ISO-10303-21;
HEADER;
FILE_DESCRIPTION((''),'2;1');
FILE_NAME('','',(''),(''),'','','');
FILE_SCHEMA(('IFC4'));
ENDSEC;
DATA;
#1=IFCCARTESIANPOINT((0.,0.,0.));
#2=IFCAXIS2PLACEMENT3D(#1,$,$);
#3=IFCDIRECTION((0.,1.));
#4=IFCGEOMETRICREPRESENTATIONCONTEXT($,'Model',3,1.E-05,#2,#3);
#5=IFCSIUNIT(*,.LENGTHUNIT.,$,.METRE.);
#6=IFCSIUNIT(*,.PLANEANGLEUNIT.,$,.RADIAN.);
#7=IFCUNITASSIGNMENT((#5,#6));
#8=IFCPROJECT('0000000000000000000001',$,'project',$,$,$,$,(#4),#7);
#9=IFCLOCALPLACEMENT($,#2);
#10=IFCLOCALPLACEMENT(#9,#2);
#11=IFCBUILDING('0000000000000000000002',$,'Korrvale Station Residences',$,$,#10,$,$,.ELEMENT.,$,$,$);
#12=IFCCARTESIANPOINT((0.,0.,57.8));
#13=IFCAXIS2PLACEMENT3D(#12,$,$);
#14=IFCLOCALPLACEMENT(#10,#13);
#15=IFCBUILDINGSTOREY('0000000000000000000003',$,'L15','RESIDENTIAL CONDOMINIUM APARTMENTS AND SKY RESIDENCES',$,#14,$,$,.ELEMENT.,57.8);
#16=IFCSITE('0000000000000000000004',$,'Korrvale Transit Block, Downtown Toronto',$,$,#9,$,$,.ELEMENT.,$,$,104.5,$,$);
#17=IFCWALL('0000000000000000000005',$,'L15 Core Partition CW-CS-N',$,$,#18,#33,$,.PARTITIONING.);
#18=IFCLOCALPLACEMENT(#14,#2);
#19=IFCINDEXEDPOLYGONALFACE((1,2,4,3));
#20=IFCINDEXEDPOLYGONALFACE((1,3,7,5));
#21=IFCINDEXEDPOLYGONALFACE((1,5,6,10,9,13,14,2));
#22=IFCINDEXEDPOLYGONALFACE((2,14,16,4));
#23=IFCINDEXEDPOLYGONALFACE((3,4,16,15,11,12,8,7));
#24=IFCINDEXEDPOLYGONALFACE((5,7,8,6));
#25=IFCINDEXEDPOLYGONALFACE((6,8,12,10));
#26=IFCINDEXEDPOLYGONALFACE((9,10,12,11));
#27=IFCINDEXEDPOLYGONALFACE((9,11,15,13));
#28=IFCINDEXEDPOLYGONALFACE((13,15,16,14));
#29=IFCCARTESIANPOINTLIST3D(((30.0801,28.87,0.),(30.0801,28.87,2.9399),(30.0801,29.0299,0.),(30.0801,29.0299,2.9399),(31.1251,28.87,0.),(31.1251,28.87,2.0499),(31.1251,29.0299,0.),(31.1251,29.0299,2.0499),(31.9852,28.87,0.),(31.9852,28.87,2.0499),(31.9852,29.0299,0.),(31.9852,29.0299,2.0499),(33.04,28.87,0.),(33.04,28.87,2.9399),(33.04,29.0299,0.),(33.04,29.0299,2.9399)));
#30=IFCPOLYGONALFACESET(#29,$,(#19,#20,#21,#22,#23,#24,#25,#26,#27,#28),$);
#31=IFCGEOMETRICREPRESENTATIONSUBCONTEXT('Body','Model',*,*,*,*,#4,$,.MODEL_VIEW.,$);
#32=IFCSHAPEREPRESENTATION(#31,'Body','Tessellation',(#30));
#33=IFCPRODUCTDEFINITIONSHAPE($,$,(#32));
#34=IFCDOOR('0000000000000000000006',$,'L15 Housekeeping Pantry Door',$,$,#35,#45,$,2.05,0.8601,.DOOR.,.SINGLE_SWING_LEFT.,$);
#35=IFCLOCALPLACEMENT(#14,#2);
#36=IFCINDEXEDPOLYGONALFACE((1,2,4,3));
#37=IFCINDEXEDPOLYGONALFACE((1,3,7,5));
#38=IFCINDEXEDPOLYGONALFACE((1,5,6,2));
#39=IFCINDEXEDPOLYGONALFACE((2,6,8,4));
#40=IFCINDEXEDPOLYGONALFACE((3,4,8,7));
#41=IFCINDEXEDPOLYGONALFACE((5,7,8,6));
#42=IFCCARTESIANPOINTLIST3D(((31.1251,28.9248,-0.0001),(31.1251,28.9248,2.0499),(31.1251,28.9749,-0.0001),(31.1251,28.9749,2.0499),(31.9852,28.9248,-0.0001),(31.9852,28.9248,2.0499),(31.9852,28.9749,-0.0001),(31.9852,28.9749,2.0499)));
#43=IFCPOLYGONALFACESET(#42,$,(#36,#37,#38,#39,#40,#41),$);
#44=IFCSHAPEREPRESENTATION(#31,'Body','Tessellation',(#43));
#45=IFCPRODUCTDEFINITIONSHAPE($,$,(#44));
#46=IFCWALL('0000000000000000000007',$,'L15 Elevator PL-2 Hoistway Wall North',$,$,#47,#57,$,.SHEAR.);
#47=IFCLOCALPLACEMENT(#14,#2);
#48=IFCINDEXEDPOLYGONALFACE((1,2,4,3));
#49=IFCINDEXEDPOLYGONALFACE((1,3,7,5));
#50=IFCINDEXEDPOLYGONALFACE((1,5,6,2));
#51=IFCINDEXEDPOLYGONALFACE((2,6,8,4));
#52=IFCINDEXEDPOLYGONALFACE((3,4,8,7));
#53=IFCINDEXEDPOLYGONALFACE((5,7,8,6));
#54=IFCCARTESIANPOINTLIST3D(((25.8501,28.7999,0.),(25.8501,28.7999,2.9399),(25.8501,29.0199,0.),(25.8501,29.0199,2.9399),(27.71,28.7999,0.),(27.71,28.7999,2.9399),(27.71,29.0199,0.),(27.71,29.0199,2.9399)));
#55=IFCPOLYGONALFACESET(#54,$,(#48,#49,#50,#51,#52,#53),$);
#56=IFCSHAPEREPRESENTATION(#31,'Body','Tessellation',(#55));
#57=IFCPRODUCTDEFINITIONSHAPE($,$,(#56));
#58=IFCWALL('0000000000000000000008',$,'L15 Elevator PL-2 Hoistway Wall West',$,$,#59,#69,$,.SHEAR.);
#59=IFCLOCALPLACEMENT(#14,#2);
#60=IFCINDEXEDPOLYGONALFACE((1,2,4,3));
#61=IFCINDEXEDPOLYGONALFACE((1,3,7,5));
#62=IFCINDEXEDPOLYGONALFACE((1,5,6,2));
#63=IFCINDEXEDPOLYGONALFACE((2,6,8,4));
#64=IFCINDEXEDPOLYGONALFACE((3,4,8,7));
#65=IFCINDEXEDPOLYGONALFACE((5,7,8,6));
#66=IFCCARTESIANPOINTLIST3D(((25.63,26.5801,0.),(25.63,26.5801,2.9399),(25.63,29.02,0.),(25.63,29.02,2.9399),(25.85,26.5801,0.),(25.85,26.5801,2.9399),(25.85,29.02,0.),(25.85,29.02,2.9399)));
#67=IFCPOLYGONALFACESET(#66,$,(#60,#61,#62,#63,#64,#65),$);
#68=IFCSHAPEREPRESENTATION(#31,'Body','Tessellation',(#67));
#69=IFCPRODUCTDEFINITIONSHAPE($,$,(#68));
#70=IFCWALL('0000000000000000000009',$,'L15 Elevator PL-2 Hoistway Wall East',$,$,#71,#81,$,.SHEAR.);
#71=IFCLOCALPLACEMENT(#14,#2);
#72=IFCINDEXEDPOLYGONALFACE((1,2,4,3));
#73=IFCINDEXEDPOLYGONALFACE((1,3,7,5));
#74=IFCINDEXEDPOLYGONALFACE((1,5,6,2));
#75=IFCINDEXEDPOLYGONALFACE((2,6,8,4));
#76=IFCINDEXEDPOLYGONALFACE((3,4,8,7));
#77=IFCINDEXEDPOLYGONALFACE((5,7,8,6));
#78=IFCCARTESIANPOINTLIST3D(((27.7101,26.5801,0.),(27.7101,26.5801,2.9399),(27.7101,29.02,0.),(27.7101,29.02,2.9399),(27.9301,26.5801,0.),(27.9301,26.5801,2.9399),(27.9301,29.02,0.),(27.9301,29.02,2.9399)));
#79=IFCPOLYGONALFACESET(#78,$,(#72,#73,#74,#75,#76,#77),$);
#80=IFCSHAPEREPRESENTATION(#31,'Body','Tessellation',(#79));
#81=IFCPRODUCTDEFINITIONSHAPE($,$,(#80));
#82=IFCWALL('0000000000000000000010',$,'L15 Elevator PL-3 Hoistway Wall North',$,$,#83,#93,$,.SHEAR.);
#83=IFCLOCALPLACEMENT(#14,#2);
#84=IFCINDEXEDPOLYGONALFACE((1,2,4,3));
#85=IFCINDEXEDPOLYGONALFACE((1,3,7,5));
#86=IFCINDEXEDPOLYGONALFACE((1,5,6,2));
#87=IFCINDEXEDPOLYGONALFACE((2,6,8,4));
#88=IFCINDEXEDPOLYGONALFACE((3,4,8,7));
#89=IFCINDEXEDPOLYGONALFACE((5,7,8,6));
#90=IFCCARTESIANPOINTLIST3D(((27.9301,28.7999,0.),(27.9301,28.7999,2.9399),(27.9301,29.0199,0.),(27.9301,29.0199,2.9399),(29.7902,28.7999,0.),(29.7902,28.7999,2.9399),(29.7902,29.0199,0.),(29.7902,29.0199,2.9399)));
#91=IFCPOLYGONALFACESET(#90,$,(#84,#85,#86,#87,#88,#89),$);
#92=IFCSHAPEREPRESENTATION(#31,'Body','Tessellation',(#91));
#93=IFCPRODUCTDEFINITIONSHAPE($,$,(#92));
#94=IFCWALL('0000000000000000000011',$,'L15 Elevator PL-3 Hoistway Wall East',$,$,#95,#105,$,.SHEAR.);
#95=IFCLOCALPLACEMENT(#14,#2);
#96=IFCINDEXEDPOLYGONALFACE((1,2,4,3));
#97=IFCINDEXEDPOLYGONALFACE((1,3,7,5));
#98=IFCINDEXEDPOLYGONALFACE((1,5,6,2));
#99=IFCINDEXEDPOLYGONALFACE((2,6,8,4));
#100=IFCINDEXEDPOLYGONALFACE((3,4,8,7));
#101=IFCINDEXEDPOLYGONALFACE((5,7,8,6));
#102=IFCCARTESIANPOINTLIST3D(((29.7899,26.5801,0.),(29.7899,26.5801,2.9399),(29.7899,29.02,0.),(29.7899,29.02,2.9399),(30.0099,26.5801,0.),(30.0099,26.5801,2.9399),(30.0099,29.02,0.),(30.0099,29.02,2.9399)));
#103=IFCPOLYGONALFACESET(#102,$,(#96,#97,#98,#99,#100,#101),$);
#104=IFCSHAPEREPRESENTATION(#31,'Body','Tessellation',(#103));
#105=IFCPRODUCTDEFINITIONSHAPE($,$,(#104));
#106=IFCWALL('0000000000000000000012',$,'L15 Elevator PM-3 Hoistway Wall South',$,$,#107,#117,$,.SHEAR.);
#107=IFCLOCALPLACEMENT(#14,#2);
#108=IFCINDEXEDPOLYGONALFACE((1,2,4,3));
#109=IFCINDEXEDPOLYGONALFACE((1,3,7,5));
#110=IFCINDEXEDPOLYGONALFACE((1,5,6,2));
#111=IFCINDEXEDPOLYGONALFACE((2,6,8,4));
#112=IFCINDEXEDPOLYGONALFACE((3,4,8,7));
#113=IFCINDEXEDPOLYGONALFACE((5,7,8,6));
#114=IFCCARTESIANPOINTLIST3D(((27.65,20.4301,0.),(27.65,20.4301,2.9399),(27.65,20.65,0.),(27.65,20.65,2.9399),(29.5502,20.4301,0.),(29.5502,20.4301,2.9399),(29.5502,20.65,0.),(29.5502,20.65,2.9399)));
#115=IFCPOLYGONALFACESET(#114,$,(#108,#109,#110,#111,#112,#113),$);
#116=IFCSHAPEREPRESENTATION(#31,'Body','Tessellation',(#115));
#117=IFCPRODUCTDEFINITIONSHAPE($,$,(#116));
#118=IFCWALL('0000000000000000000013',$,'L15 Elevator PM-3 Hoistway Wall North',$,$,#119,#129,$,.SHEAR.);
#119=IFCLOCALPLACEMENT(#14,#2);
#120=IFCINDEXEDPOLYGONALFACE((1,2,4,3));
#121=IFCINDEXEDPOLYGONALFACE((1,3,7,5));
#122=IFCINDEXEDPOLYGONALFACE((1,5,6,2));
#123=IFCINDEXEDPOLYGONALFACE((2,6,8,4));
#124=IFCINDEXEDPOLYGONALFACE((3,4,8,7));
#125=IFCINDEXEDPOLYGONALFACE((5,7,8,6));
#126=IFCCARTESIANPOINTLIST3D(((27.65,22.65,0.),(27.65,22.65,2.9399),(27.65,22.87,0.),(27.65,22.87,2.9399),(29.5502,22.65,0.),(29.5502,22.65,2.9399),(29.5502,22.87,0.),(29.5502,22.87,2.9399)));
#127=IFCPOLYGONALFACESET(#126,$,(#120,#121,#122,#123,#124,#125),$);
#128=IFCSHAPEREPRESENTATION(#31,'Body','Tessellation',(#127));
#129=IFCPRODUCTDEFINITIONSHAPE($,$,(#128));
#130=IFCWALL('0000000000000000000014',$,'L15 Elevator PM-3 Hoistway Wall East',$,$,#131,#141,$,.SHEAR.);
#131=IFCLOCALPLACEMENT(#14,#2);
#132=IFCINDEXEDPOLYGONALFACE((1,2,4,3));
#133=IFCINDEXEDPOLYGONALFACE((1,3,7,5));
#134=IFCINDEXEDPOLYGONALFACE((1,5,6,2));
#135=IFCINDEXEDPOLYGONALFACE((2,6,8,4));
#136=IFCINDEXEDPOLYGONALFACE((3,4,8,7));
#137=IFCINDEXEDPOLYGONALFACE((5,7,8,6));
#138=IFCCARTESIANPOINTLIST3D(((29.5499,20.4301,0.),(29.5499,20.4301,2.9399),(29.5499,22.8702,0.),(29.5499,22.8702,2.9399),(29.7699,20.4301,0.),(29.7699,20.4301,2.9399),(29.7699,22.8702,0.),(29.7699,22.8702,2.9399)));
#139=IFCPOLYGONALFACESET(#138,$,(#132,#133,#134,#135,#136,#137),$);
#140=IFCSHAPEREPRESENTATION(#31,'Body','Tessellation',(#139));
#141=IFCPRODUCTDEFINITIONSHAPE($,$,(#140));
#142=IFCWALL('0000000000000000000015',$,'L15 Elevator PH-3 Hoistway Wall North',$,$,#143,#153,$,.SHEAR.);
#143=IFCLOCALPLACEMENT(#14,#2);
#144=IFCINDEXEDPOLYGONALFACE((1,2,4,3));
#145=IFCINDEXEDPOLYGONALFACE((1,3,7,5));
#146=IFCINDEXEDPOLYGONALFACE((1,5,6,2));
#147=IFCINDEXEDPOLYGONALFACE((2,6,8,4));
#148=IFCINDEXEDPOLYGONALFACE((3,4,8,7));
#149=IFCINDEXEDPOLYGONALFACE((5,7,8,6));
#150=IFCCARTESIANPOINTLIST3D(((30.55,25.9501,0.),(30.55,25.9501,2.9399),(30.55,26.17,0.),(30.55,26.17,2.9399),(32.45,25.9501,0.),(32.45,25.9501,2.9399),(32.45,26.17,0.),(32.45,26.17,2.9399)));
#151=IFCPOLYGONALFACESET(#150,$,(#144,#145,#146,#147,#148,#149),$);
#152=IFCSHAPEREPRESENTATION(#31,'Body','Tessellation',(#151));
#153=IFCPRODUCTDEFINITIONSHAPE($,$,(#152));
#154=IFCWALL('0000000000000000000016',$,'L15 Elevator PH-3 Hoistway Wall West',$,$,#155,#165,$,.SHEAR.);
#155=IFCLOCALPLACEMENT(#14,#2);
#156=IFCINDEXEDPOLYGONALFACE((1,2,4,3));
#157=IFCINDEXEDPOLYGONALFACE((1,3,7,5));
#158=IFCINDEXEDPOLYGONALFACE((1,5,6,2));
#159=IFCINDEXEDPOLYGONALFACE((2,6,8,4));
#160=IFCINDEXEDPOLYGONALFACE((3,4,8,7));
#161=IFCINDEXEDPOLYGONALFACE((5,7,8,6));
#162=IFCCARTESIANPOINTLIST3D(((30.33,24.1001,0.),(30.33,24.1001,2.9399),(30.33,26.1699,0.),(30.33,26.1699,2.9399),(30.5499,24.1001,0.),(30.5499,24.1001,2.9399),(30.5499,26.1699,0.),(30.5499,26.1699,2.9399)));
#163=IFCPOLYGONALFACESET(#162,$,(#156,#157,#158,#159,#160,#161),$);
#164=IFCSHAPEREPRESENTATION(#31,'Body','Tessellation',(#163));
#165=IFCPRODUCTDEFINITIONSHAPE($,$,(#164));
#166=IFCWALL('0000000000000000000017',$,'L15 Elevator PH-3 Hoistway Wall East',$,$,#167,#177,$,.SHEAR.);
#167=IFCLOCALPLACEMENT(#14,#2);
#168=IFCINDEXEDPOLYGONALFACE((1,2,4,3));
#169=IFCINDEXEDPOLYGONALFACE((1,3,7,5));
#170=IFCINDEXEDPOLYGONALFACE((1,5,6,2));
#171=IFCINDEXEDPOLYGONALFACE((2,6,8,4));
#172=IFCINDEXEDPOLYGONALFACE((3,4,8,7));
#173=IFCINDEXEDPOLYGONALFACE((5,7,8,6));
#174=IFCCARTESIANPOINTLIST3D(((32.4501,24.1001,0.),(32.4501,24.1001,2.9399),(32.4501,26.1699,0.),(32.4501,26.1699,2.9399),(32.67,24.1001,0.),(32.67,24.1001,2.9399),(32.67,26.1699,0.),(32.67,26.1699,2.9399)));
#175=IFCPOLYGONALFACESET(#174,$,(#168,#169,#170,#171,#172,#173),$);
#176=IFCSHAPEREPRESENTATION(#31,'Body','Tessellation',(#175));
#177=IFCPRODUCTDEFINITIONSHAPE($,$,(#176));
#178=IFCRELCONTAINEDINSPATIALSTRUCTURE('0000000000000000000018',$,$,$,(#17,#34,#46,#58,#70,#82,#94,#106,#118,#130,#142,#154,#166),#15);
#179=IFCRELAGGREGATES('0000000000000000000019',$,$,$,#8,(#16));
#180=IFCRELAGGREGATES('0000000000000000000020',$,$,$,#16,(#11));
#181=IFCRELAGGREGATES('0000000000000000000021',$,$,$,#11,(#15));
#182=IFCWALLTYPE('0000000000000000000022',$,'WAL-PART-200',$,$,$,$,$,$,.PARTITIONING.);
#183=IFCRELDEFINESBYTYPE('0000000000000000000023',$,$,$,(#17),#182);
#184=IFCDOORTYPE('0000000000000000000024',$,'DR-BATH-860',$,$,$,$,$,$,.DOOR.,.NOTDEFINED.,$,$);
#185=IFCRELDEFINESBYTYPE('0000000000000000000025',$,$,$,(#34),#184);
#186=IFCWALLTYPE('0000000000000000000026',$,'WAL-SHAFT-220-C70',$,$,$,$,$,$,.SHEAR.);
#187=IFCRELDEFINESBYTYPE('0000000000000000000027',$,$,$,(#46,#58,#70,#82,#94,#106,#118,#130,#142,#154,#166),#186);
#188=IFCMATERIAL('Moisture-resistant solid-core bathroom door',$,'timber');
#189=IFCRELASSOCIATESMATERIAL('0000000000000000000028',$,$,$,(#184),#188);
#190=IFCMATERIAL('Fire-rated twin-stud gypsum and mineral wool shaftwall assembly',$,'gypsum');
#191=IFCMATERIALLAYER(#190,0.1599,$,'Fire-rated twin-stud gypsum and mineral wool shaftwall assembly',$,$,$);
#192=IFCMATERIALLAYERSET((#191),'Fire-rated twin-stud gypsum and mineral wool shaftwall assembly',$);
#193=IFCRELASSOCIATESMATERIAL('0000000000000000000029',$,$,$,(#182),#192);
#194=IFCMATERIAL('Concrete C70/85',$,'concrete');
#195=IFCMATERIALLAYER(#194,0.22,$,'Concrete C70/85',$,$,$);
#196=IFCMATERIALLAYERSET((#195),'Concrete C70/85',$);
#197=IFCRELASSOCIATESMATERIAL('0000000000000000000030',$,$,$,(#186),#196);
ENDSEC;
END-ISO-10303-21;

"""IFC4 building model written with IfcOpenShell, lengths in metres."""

from ifc_helpers import new_model, si_unit, direction, frame, frame_2d, origin, place, context, subcontext, project, spatial, rectangle, extrude, material, layer, layer_set, type_object, element, fill, save


model = new_model("IFC4")

# Units and contexts
model_context = context("Model", 3, precision=1e-05, world=origin(), true_north=direction((0.0, 1.0)))
body_context = subcontext(model_context, "Body", "Model", "MODEL_VIEW")
ifc_project = project(units=[si_unit("LENGTHUNIT", "METRE"), si_unit("PLANEANGLEUNIT", "RADIAN")], contexts=[model_context])

# Site, building, storey
site_placement = place(None, origin())
site = spatial("IfcSite", under=ifc_project, at=site_placement, Name="Korrvale Transit Block, Downtown Toronto", CompositionType="ELEMENT", RefElevation=104.5)
building_placement = place(site_placement, origin())
building = spatial("IfcBuilding", under=site, at=building_placement, Name="Korrvale Station Residences", CompositionType="ELEMENT")
storey_placement = place(building_placement, frame((0.0, 0.0, 57.8)))
storey = spatial("IfcBuildingStorey", under=building, at=storey_placement, Name="L15", Description="RESIDENTIAL CONDOMINIUM APARTMENTS AND SKY RESIDENCES", CompositionType="ELEMENT", Elevation=57.8)

# Shared definitions
ifc_material_1 = material(Name="Concrete C70/85", Category="concrete")

# Shared definitions
ifc_material_2 = material(Name="Moisture-resistant solid-core bathroom door", Category="timber")
door_type_1 = type_object("IfcDoorType", Name="DR-BATH-860", OperationType="NOTDEFINED", PredefinedType="DOOR", material=ifc_material_2)

# Shared definitions
ifc_material_3 = material(Name="Fire-rated twin-stud gypsum and mineral wool shaftwall assembly", Category="gypsum")
ifc_layer_1 = layer(ifc_material_3, 0.1599, Name="Fire-rated twin-stud gypsum and mineral wool shaftwall assembly")
ifc_layer_set_1 = layer_set([ifc_layer_1], Name="Fire-rated twin-stud gypsum and mineral wool shaftwall assembly")
wall_type_1 = type_object("IfcWallType", Name="WAL-PART-200", PredefinedType="PARTITIONING", material=ifc_layer_set_1)

# Wall, opening, door
wall_1_placement = place(storey_placement, frame((30.0801, 28.95, 0.0), z_axis=(0.0, 0.0, 1.0), x_axis=(1.0, 0.0, 0.0)))
wall_1 = element("IfcWall", 1, at=wall_1_placement, inside=storey, type_object=wall_type_1, Name="L15 Core Partition CW-CS-N", PredefinedType="PARTITIONING", context=body_context, shape_type="SweptSolid", body=[
    extrude(rectangle(XDim=2.96, YDim=0.1599, at=frame_2d((1.48, 0.0))), origin(), (0.0, 0.0, 1.0), 2.9399),
])
opening_1_placement = place(wall_1_placement, frame((1.0449, 0.0, 0.0)))
opening_1 = element("IfcOpeningElement", 2, at=opening_1_placement, cuts=wall_1, PredefinedType="OPENING", context=body_context, shape_type="SweptSolid", body=[
    extrude(rectangle(XDim=0.8601, YDim=2.05, at=frame_2d((0.4302, 1.0249))), frame((0.0, 0.0898, 0.0), z_axis=(0.0, -1.0, 0.0), x_axis=(1.0, 0.0, 0.0)), (0.0, 0.0, 1.0), 0.1799),
])
door_1_placement = place(opening_1_placement, origin())
door_1 = element("IfcDoor", 3, at=door_1_placement, inside=storey, type_object=door_type_1, Name="L15 Housekeeping Pantry Door", OperationType="SINGLE_SWING_LEFT", OverallHeight=2.05, OverallWidth=0.8601, PredefinedType="DOOR", context=body_context, shape_type="SweptSolid", body=[
    extrude(rectangle(XDim=0.8601, YDim=2.05, at=frame_2d((0.4302, 1.0249))), frame((0.0, 0.0249, 0.0), z_axis=(0.0, -1.0, 0.0), x_axis=(1.0, 0.0, 0.0)), (0.0, 0.0, 1.0), 0.05),
])
fill(opening_1, door_1)
ifc_layer_2 = layer(ifc_material_1, 0.22, Name="Concrete C70/85")
ifc_layer_set_2 = layer_set([ifc_layer_2], Name="Concrete C70/85")
wall_type_2 = type_object("IfcWallType", Name="WAL-SHAFT-220-C70", PredefinedType="SHEAR", material=ifc_layer_set_2)

# Walls
wall_2_placement = place(storey_placement, frame((25.8501, 28.9099, 0.0), z_axis=(0.0, 0.0, 1.0), x_axis=(1.0, 0.0, 0.0)))
element("IfcWall", 4, at=wall_2_placement, inside=storey, type_object=wall_type_2, Name="L15 Elevator PL-2 Hoistway Wall North", PredefinedType="SHEAR", context=body_context, shape_type="SweptSolid", body=[
    extrude(rectangle(XDim=1.8599, YDim=0.22, at=frame_2d((0.9299, 0.0))), origin(), (0.0, 0.0, 1.0), 2.9399),
])
for number, where, z_axis, x_axis, name in (
    (5, (25.74, 26.5801, 0.0), (0.0, 0.0, 1.0), (0.0, 1.0, 0.0), "L15 Elevator PL-2 Hoistway Wall West"),
    (6, (27.8201, 26.5801, 0.0), (0.0, 0.0, 1.0), (0.0, 1.0, 0.0), "L15 Elevator PL-2 Hoistway Wall East"),
):
    element("IfcWall", number, at=place(storey_placement, frame(where, z_axis=z_axis, x_axis=x_axis)), inside=storey, type_object=wall_type_2, Name=name, PredefinedType="SHEAR", context=body_context, shape_type="SweptSolid", body=[
        extrude(rectangle(XDim=2.4399, YDim=0.22, at=frame_2d((1.22, 0.0))), origin(), (0.0, 0.0, 1.0), 2.9399),
    ])

# Walls
wall_3_placement = place(storey_placement, frame((27.9299, 28.9099, 0.0), z_axis=(0.0, 0.0, 1.0), x_axis=(1.0, 0.0, 0.0)))
element("IfcWall", 7, at=wall_3_placement, inside=storey, type_object=wall_type_2, Name="L15 Elevator PL-3 Hoistway Wall North", PredefinedType="SHEAR", context=body_context, shape_type="SweptSolid", body=[
    extrude(rectangle(XDim=1.8601, YDim=0.22, at=frame_2d((0.9302, 0.0))), origin(), (0.0, 0.0, 1.0), 2.9399),
])
wall_4_placement = place(storey_placement, frame((29.8999, 26.5801, 0.0), z_axis=(0.0, 0.0, 1.0), x_axis=(0.0, 1.0, 0.0)))
element("IfcWall", 8, at=wall_4_placement, inside=storey, type_object=wall_type_2, Name="L15 Elevator PL-3 Hoistway Wall East", PredefinedType="SHEAR", context=body_context, shape_type="SweptSolid", body=[
    extrude(rectangle(XDim=2.4399, YDim=0.22, at=frame_2d((1.22, 0.0))), origin(), (0.0, 0.0, 1.0), 2.9399),
])
for number, where, z_axis, x_axis, name in (
    (9, (27.6499, 20.54, 0.0), (0.0, 0.0, 1.0), (1.0, 0.0, 0.0), "L15 Elevator PM-3 Hoistway Wall South"),
    (10, (27.6499, 22.76, 0.0), (0.0, 0.0, 1.0), (1.0, 0.0, 0.0), "L15 Elevator PM-3 Hoistway Wall North"),
):
    element("IfcWall", number, at=place(storey_placement, frame(where, z_axis=z_axis, x_axis=x_axis)), inside=storey, type_object=wall_type_2, Name=name, PredefinedType="SHEAR", context=body_context, shape_type="SweptSolid", body=[
        extrude(rectangle(XDim=1.9001, YDim=0.22, at=frame_2d((0.9502, 0.0))), origin(), (0.0, 0.0, 1.0), 2.9399),
    ])
wall_5_placement = place(storey_placement, frame((29.6599, 20.4299, 0.0), z_axis=(0.0, 0.0, 1.0), x_axis=(0.0, 1.0, 0.0)))
element("IfcWall", 11, at=wall_5_placement, inside=storey, type_object=wall_type_2, Name="L15 Elevator PM-3 Hoistway Wall East", PredefinedType="SHEAR", context=body_context, shape_type="SweptSolid", body=[
    extrude(rectangle(XDim=2.4402, YDim=0.22, at=frame_2d((1.2202, 0.0))), origin(), (0.0, 0.0, 1.0), 2.9399),
])
wall_6_placement = place(storey_placement, frame((30.55, 26.0601, 0.0), z_axis=(0.0, 0.0, 1.0), x_axis=(1.0, 0.0, 0.0)))
element("IfcWall", 12, at=wall_6_placement, inside=storey, type_object=wall_type_2, Name="L15 Elevator PH-3 Hoistway Wall North", PredefinedType="SHEAR", context=body_context, shape_type="SweptSolid", body=[
    extrude(rectangle(XDim=1.8999, YDim=0.22, at=frame_2d((0.95, 0.0))), origin(), (0.0, 0.0, 1.0), 2.9399),
])
for number, where, z_axis, x_axis, name in (
    (13, (30.4399, 24.1001, 0.0), (0.0, 0.0, 1.0), (0.0, 1.0, 0.0), "L15 Elevator PH-3 Hoistway Wall West"),
    (14, (32.5601, 24.1001, 0.0), (0.0, 0.0, 1.0), (0.0, 1.0, 0.0), "L15 Elevator PH-3 Hoistway Wall East"),
):
    element("IfcWall", number, at=place(storey_placement, frame(where, z_axis=z_axis, x_axis=x_axis)), inside=storey, type_object=wall_type_2, Name=name, PredefinedType="SHEAR", context=body_context, shape_type="SweptSolid", body=[
        extrude(rectangle(XDim=2.0698, YDim=0.22, at=frame_2d((1.0349, 0.0))), origin(), (0.0, 0.0, 1.0), 2.9399),
    ])

save(model, "model.ifc")
